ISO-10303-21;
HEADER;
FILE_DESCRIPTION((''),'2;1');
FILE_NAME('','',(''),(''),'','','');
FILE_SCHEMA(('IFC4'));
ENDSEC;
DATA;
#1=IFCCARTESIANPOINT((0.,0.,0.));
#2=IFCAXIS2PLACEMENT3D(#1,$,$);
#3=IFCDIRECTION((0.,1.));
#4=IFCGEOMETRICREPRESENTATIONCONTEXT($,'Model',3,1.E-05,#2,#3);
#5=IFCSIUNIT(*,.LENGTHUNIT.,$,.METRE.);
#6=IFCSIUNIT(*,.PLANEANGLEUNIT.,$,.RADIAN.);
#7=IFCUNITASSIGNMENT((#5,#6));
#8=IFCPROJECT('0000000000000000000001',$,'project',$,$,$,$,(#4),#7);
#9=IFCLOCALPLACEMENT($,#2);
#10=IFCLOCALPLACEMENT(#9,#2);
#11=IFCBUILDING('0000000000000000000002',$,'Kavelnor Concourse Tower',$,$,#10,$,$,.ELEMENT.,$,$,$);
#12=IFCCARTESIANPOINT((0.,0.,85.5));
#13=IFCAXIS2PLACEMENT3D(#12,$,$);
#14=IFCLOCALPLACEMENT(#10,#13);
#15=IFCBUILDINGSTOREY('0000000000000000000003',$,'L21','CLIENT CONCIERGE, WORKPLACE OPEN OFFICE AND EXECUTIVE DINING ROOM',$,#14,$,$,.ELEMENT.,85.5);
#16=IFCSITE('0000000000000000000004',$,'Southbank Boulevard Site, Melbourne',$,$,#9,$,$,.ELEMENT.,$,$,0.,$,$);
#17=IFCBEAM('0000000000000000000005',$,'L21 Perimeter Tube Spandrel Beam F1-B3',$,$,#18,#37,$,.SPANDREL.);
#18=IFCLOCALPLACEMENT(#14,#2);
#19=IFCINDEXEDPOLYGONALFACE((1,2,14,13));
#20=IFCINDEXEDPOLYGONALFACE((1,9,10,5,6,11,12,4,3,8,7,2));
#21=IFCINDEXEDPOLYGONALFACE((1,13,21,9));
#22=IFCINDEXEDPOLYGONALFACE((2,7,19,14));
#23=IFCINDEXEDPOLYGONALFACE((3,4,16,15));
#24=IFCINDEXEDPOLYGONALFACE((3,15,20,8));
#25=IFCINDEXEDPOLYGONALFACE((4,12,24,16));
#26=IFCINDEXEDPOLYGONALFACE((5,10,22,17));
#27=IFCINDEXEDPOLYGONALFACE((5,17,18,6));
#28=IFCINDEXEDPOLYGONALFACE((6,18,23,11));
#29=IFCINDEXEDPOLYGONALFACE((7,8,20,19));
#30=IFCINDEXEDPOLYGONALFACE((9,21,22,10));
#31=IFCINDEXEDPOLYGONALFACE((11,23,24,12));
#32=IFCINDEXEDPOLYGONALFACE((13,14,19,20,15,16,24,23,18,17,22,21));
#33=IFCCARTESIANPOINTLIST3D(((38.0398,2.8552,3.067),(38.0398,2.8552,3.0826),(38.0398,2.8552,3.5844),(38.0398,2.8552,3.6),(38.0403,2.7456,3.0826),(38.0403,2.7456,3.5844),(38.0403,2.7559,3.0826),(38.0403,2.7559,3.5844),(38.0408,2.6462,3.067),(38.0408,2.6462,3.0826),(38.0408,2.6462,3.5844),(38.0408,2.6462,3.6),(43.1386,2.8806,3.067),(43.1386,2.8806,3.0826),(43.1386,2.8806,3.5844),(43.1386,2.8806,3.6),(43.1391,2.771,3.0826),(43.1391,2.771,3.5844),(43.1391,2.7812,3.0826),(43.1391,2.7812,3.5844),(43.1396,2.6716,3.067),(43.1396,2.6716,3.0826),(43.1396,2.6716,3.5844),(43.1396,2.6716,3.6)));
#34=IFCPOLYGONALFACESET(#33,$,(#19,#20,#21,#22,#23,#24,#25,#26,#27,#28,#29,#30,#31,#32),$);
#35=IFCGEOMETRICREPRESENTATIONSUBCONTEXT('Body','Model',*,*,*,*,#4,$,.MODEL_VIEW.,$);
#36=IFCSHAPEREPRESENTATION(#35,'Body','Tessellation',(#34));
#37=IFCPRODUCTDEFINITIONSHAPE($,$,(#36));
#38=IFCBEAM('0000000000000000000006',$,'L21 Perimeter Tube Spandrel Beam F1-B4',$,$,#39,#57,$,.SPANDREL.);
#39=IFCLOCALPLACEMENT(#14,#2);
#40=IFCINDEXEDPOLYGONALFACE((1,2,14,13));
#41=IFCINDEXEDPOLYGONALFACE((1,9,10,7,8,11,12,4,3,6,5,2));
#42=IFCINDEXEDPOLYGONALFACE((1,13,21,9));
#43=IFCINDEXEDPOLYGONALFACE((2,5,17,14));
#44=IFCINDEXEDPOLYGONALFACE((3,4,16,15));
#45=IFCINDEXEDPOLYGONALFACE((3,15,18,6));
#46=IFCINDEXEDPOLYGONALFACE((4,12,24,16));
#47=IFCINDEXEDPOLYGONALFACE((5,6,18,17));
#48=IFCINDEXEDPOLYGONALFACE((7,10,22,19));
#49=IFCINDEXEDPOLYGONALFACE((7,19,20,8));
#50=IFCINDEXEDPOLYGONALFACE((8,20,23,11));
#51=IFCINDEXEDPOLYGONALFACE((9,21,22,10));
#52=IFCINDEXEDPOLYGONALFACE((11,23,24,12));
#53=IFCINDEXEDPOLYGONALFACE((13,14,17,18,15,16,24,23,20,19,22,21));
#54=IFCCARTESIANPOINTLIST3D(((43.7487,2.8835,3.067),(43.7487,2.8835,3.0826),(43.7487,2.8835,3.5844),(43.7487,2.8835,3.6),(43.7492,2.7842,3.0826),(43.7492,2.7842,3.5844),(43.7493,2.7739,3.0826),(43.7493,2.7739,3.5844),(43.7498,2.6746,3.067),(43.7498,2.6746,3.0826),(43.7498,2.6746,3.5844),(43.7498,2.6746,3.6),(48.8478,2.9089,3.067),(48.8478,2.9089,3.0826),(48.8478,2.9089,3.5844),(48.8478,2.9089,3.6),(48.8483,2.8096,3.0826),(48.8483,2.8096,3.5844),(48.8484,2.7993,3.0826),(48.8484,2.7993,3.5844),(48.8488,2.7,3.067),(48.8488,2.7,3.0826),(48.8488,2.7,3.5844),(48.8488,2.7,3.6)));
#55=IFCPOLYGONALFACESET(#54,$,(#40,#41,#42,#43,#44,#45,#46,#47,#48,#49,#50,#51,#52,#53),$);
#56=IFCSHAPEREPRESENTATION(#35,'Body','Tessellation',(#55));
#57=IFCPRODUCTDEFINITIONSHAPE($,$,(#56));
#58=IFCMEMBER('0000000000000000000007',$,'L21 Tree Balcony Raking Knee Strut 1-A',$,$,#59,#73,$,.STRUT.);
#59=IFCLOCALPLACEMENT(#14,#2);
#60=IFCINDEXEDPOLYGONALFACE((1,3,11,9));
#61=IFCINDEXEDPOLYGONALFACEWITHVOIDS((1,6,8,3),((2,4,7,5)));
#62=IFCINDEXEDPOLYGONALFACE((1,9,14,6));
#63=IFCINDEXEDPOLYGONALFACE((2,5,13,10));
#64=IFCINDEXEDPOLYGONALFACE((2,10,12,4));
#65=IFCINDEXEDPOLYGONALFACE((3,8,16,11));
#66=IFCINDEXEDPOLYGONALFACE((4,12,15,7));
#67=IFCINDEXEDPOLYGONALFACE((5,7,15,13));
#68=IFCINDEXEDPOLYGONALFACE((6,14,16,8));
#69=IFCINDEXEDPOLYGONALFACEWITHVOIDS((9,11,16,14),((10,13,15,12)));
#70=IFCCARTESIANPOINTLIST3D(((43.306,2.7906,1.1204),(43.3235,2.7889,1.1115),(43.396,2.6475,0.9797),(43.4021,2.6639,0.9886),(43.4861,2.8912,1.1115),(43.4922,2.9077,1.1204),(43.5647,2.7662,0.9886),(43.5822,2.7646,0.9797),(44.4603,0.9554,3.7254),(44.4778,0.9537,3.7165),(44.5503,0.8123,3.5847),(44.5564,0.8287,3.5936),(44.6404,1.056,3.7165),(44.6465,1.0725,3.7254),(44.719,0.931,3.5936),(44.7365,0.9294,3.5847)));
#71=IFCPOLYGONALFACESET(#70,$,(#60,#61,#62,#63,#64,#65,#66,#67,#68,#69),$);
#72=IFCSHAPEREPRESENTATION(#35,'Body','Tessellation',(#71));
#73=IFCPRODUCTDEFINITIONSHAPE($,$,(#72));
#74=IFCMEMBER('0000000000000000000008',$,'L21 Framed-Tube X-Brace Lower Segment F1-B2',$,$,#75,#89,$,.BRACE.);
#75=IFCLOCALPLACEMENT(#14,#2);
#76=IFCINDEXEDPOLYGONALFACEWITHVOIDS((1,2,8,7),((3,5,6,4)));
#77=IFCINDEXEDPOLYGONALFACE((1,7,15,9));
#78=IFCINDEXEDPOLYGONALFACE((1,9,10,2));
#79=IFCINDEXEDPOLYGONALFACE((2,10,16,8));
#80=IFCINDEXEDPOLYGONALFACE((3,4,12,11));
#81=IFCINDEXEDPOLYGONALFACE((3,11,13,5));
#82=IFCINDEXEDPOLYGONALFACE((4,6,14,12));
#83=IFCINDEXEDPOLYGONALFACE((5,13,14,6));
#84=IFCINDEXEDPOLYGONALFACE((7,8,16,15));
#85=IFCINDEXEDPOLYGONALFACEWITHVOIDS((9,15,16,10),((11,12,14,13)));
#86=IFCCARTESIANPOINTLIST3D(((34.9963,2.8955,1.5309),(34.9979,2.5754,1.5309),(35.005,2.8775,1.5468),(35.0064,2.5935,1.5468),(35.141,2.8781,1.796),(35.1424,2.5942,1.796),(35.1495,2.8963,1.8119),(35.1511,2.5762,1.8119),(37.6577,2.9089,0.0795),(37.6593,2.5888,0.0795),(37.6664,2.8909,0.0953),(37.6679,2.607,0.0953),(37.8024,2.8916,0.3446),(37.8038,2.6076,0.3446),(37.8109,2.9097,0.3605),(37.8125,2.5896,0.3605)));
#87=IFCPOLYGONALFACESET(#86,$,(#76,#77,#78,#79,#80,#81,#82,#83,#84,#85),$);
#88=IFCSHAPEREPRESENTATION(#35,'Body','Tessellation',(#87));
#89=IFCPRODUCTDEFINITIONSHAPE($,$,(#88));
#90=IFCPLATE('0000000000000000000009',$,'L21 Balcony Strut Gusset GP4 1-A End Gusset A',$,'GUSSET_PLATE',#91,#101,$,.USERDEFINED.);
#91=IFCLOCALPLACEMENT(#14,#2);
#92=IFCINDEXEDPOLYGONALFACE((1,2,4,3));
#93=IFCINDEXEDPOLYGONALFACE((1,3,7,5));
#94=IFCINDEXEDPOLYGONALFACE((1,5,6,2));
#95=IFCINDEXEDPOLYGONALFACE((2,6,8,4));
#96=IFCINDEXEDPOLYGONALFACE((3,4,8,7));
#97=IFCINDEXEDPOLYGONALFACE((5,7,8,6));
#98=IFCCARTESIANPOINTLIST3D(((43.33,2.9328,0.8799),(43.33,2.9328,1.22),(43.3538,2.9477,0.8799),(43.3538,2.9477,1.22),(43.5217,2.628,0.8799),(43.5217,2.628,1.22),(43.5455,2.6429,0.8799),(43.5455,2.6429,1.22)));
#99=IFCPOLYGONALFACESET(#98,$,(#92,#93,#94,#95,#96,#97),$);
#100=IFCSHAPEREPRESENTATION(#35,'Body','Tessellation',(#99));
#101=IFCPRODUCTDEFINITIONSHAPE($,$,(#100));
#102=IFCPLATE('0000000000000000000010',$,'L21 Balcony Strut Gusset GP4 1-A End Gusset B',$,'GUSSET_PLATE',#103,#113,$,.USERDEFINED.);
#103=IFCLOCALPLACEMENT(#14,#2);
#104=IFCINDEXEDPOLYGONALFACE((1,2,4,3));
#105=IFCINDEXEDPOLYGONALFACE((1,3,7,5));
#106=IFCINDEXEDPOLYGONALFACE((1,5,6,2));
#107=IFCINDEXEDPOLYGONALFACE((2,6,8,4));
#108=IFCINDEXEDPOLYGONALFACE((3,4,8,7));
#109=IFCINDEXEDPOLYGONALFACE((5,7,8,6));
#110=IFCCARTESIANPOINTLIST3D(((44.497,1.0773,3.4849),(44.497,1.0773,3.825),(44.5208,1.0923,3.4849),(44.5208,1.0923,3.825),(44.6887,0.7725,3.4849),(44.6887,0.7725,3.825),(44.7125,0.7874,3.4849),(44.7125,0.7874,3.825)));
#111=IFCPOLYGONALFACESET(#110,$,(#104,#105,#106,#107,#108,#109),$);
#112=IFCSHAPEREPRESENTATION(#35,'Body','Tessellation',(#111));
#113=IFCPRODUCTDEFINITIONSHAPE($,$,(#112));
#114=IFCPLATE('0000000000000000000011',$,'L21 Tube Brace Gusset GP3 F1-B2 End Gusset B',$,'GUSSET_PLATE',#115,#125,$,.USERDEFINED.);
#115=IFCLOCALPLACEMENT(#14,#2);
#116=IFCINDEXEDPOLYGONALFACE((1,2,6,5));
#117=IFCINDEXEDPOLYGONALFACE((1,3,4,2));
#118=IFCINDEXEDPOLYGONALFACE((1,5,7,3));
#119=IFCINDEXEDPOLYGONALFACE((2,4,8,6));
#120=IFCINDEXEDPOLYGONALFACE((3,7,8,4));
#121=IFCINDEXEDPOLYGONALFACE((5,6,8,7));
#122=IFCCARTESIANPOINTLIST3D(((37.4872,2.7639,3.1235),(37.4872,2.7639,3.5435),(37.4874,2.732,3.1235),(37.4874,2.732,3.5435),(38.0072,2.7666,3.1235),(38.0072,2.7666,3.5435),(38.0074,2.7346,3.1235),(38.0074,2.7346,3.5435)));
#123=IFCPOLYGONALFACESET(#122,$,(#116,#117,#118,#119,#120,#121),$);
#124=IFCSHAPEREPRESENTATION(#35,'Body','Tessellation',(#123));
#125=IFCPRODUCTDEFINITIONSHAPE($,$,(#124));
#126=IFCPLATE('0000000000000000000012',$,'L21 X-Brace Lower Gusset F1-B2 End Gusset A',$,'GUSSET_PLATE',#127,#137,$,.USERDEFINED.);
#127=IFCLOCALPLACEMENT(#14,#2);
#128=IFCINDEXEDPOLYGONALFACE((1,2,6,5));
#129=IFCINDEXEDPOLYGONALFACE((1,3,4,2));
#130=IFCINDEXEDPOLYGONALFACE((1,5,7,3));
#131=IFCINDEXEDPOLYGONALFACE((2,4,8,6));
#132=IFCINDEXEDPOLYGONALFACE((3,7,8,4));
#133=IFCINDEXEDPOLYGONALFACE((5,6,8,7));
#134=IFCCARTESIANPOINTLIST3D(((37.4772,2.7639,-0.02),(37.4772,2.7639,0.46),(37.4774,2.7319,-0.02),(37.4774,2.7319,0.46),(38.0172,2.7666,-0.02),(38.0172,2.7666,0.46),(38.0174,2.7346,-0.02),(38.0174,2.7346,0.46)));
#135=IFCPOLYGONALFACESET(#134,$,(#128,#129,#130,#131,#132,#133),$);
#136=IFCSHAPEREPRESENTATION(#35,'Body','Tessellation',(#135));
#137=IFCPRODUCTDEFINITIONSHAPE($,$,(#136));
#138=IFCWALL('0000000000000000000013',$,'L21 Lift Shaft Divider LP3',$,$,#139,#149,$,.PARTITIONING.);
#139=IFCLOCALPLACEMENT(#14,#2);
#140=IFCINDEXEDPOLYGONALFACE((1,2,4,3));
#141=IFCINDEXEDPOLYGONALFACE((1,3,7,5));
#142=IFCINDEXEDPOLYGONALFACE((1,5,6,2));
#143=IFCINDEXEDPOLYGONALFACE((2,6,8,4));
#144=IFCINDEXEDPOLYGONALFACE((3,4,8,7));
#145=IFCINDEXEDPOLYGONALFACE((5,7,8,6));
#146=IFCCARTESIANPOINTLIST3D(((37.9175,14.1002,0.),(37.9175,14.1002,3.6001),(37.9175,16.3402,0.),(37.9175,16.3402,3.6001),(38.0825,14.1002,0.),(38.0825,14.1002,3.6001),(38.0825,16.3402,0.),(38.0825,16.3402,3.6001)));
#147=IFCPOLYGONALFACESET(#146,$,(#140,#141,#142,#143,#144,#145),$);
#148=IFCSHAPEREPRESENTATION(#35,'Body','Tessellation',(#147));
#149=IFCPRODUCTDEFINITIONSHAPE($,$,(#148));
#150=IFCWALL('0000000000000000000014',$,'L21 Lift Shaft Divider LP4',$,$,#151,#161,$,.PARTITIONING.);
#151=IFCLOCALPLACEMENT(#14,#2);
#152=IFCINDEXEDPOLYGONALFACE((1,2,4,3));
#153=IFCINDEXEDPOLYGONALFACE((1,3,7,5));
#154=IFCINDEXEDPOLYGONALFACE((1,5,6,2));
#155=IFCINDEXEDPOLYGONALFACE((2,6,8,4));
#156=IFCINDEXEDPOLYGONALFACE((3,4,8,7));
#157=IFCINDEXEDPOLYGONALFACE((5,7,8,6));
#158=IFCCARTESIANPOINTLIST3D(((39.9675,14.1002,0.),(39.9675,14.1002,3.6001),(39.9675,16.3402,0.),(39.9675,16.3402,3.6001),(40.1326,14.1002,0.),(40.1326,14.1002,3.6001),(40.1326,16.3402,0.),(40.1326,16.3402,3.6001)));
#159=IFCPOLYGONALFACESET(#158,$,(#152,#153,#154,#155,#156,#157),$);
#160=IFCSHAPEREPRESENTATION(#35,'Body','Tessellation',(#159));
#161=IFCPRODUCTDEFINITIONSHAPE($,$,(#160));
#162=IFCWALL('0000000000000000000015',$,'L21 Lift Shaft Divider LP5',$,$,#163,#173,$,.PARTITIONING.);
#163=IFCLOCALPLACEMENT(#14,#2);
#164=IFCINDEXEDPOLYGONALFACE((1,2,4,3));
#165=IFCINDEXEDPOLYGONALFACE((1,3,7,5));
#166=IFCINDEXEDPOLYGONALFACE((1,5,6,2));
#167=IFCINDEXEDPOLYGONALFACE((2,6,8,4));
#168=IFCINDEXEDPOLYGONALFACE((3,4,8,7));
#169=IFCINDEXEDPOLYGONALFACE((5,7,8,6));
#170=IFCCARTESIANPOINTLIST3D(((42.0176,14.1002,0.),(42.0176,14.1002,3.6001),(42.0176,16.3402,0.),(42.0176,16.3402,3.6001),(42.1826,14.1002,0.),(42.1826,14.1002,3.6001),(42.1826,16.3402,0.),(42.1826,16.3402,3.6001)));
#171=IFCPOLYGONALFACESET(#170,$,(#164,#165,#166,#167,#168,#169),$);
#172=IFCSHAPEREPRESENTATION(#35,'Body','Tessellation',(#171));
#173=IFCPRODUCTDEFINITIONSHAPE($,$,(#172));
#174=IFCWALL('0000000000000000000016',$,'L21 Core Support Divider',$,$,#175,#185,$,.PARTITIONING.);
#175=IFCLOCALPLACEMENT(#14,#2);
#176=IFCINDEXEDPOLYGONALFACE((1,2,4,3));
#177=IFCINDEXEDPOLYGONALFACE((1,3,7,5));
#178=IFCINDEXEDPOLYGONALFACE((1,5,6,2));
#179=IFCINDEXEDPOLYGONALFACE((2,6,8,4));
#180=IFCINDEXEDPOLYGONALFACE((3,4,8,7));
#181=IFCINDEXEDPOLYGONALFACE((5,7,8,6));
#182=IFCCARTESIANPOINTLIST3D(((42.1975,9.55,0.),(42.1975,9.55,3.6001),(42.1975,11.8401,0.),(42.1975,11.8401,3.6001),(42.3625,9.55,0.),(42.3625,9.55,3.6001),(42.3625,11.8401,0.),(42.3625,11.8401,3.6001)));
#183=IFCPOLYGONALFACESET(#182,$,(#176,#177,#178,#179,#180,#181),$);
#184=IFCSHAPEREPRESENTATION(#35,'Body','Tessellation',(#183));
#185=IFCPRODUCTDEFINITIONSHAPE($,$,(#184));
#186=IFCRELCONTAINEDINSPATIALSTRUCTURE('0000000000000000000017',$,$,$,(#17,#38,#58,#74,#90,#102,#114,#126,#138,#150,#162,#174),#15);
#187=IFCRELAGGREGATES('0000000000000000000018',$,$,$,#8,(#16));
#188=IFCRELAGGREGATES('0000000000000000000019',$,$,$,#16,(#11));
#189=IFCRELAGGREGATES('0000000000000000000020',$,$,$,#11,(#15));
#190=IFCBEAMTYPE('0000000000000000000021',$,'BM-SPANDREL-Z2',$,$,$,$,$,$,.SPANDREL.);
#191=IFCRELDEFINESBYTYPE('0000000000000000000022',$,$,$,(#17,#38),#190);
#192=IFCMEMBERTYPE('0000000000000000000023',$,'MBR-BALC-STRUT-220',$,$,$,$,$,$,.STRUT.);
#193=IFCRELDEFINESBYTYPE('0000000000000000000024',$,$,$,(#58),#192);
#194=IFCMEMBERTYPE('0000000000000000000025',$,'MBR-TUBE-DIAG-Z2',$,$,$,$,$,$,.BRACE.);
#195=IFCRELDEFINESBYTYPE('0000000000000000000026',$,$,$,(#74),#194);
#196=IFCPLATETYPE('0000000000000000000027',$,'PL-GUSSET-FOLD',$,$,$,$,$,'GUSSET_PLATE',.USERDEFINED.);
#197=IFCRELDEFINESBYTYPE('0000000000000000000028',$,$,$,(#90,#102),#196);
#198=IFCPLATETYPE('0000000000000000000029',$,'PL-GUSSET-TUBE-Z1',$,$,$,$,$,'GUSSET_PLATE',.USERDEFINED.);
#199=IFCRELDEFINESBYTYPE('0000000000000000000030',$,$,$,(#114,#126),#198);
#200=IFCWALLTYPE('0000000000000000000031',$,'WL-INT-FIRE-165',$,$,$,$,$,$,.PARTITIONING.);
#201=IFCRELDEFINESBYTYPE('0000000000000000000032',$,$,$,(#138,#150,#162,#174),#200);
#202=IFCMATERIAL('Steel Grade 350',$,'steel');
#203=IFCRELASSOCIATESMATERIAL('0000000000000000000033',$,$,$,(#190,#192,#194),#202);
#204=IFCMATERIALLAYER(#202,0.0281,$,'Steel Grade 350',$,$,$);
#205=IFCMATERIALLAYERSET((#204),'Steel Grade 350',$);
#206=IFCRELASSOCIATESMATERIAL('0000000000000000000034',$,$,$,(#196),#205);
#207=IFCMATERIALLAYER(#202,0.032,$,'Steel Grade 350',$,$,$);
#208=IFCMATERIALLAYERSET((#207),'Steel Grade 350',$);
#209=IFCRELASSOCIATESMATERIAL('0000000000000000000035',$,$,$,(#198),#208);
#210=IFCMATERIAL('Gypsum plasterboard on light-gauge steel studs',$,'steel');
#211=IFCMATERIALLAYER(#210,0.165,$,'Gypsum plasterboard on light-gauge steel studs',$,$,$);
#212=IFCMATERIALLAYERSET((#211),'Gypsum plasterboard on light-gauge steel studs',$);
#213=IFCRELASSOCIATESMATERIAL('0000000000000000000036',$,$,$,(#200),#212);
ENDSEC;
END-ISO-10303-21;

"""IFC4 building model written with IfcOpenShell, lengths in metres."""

from ifc_helpers import new_model, si_unit, direction, frame, frame_2d, origin, origin_2d, place, context, subcontext, project, spatial, rectangle, hollow_rectangle, i_section, extrude, material, layer, layer_set, material_profile, profile_set, type_object, element, save


model = new_model("IFC4")

# Units and contexts
model_context = context("Model", 3, precision=1e-05, world=origin(), true_north=direction((0.0, 1.0)))
body_context = subcontext(model_context, "Body", "Model", "MODEL_VIEW")
ifc_project = project(units=[si_unit("LENGTHUNIT", "METRE"), si_unit("PLANEANGLEUNIT", "RADIAN")], contexts=[model_context])

# Site, building, storey
site_placement = place(None, origin())
site = spatial("IfcSite", under=ifc_project, at=site_placement, Name="Southbank Boulevard Site, Melbourne", CompositionType="ELEMENT", RefElevation=0.0)
building_placement = place(site_placement, origin())
building = spatial("IfcBuilding", under=site, at=building_placement, Name="Kavelnor Concourse Tower", CompositionType="ELEMENT")
storey_placement = place(building_placement, frame((0.0, 0.0, 85.5)))
storey = spatial("IfcBuildingStorey", under=building, at=storey_placement, Name="L21", Description="CLIENT CONCIERGE, WORKPLACE OPEN OFFICE AND EXECUTIVE DINING ROOM", CompositionType="ELEMENT", Elevation=85.5)

# Shared definitions
ifc_material_1 = material(Name="Steel Grade 350", Category="steel")

# Beams
ifc_material_profile_1 = material_profile(ifc_material_1, i_section(OverallWidth=0.209, OverallDepth=0.533, WebThickness=0.0103, FlangeThickness=0.0156, at=origin_2d()), Name="530UB92")
ifc_profile_set_1 = profile_set([ifc_material_profile_1], Name="Steel Grade 350")
beam_type_1 = type_object("IfcBeamType", Name="BM-SPANDREL-Z2", PredefinedType="SPANDREL", material=ifc_profile_set_1)
beam_1_placement = place(storey_placement, frame((38.0403, 2.7507, 3.3335), z_axis=(0.999988, 0.00498, 0.0), x_axis=(-0.00498, 0.999988, 0.0)))
element("IfcBeam", 1, at=beam_1_placement, inside=storey, type_object=beam_type_1, Name="L21 Perimeter Tube Spandrel Beam F1-B3", PredefinedType="SPANDREL", context=body_context, shape_type="SweptSolid", body=[
    extrude(i_section(OverallWidth=0.209, OverallDepth=0.533, WebThickness=0.0103, FlangeThickness=0.0156, at=origin_2d()), origin(), (0.0, 0.0, 1.0), 5.0989),
])
beam_2_placement = place(storey_placement, frame((43.7493, 2.7791, 3.3335), z_axis=(0.999988, 0.004979, 0.0), x_axis=(-0.004979, 0.999988, 0.0)))
element("IfcBeam", 2, at=beam_2_placement, inside=storey, type_object=beam_type_1, Name="L21 Perimeter Tube Spandrel Beam F1-B4", PredefinedType="SPANDREL", context=body_context, shape_type="SweptSolid", body=[
    extrude(i_section(OverallWidth=0.209, OverallDepth=0.533, WebThickness=0.0103, FlangeThickness=0.0156, at=origin_2d()), origin(), (0.0, 0.0, 1.0), 5.0991),
])

# Members
ifc_material_profile_2 = material_profile(ifc_material_1, hollow_rectangle(XDim=0.22, YDim=0.22, WallThickness=0.0139, at=origin_2d()), Name="SHS 220x220x14")
ifc_profile_set_2 = profile_set([ifc_material_profile_2], Name="Steel Grade 350")
member_type_1 = type_object("IfcMemberType", Name="MBR-BALC-STRUT-220", PredefinedType="STRUT", material=ifc_profile_set_2)
member_1_placement = place(storey_placement, frame((43.4441, 2.7776, 1.05), z_axis=(0.340586, -0.541495, 0.768625), x_axis=(0.846483, 0.532416, 0.0)))
element("IfcMember", 3, at=member_1_placement, inside=storey, type_object=member_type_1, Name="L21 Tree Balcony Raking Knee Strut 1-A", PredefinedType="STRUT", context=body_context, shape_type="SweptSolid", body=[
    extrude(hollow_rectangle(XDim=0.22, YDim=0.22, WallThickness=0.0139, at=origin_2d()), origin(), (0.0, 0.0, 1.0), 3.3892),
])
ifc_material_profile_3 = material_profile(ifc_material_1, hollow_rectangle(XDim=0.3201, YDim=0.3201, WallThickness=0.0181, at=origin_2d()), Name="SHS 320x320x18")
ifc_profile_set_3 = profile_set([ifc_material_profile_3], Name="Steel Grade 350")
member_type_2 = type_object("IfcMemberType", Name="MBR-TUBE-DIAG-Z2", PredefinedType="BRACE", material=ifc_profile_set_3)
member_2_placement = place(storey_placement, frame((37.7351, 2.7493, 0.22), z_axis=(-0.877921, -0.004429, 0.478785), x_axis=(0.005045, -0.999987, 0.0)))
element("IfcMember", 4, at=member_2_placement, inside=storey, type_object=member_type_2, Name="L21 Framed-Tube X-Brace Lower Segment F1-B2", PredefinedType="BRACE", context=body_context, shape_type="SweptSolid", body=[
    extrude(hollow_rectangle(XDim=0.3201, YDim=0.3201, WallThickness=0.0181, at=origin_2d()), origin(), (0.0, 0.0, 1.0), 3.0315),
])

# Plates
ifc_layer_1 = layer(ifc_material_1, 0.0281, Name="Steel Grade 350")
ifc_layer_set_1 = layer_set([ifc_layer_1], Name="Steel Grade 350")
plate_type_1 = type_object("IfcPlateType", Name="PL-GUSSET-FOLD", ElementType="GUSSET_PLATE", PredefinedType="USERDEFINED", material=ifc_layer_set_1)
for number, where, z_axis, x_axis, name in (
    (5, (43.4377, 2.7878, 0.8799), (0.0, 0.0, 1.0), (0.532433, -0.846472, 0.0), "L21 Balcony Strut Gusset GP4 1-A End Gusset A"),
    (6, (44.6047, 0.9324, 3.4849), (0.0, 0.0, 1.0), (0.532433, -0.846472, 0.0), "L21 Balcony Strut Gusset GP4 1-A End Gusset B"),
):
    element("IfcPlate", number, at=place(storey_placement, frame(where, z_axis=z_axis, x_axis=x_axis)), inside=storey, type_object=plate_type_1, Name=name, ObjectType="GUSSET_PLATE", PredefinedType="USERDEFINED", context=body_context, shape_type="SweptSolid", body=[
        extrude(rectangle(XDim=0.3601, YDim=0.0281, at=origin_2d()), origin(), (0.0, 0.0, 1.0), 0.3401),
    ])
ifc_layer_2 = layer(ifc_material_1, 0.032, Name="Steel Grade 350")
ifc_layer_set_2 = layer_set([ifc_layer_2], Name="Steel Grade 350")
plate_type_2 = type_object("IfcPlateType", Name="PL-GUSSET-TUBE-Z1", ElementType="GUSSET_PLATE", PredefinedType="USERDEFINED", material=ifc_layer_set_2)
plate_1_placement = place(storey_placement, frame((37.7473, 2.7493, 3.1235), z_axis=(0.0, 0.0, 1.0), x_axis=(0.999987, 0.005061, 0.0)))
element("IfcPlate", 7, at=plate_1_placement, inside=storey, type_object=plate_type_2, Name="L21 Tube Brace Gusset GP3 F1-B2 End Gusset B", ObjectType="GUSSET_PLATE", PredefinedType="USERDEFINED", context=body_context, shape_type="SweptSolid", body=[
    extrude(rectangle(XDim=0.52, YDim=0.032, at=origin_2d()), origin(), (0.0, 0.0, 1.0), 0.4199),
])
plate_2_placement = place(storey_placement, frame((37.7473, 2.7493, -0.02), z_axis=(0.0, 0.0, 1.0), x_axis=(-0.999987, -0.005061, 0.0)))
element("IfcPlate", 8, at=plate_2_placement, inside=storey, type_object=plate_type_2, Name="L21 X-Brace Lower Gusset F1-B2 End Gusset A", ObjectType="GUSSET_PLATE", PredefinedType="USERDEFINED", context=body_context, shape_type="SweptSolid", body=[
    extrude(rectangle(XDim=0.54, YDim=0.032, at=origin_2d()), origin(), (0.0, 0.0, 1.0), 0.48),
])

# Walls
ifc_material_2 = material(Name="Gypsum plasterboard on light-gauge steel studs", Category="steel")
ifc_layer_3 = layer(ifc_material_2, 0.165, Name="Gypsum plasterboard on light-gauge steel studs")
ifc_layer_set_3 = layer_set([ifc_layer_3], Name="Gypsum plasterboard on light-gauge steel studs")
wall_type_1 = type_object("IfcWallType", Name="WL-INT-FIRE-165", PredefinedType="PARTITIONING", material=ifc_layer_set_3)
for number, where, z_axis, x_axis, name in (
    (9, (38.0, 14.1001, 0.0), (0.0, 0.0, 1.0), (0.0, 1.0, 0.0), "L21 Lift Shaft Divider LP3"),
    (10, (40.05, 14.1001, 0.0), (0.0, 0.0, 1.0), (0.0, 1.0, 0.0), "L21 Lift Shaft Divider LP4"),
    (11, (42.1001, 14.1001, 0.0), (0.0, 0.0, 1.0), (0.0, 1.0, 0.0), "L21 Lift Shaft Divider LP5"),
):
    element("IfcWall", number, at=place(storey_placement, frame(where, z_axis=z_axis, x_axis=x_axis)), inside=storey, type_object=wall_type_1, Name=name, PredefinedType="PARTITIONING", context=body_context, shape_type="SweptSolid", body=[
        extrude(rectangle(XDim=2.24, YDim=0.165, at=frame_2d((1.1201, 0.0))), origin(), (0.0, 0.0, 1.0), 3.6001),
    ])
wall_1_placement = place(storey_placement, frame((42.28, 9.55, 0.0), z_axis=(0.0, 0.0, 1.0), x_axis=(0.0, 1.0, 0.0)))
element("IfcWall", 12, at=wall_1_placement, inside=storey, type_object=wall_type_1, Name="L21 Core Support Divider", PredefinedType="PARTITIONING", context=body_context, shape_type="SweptSolid", body=[
    extrude(rectangle(XDim=2.29, YDim=0.165, at=frame_2d((1.145, 0.0))), origin(), (0.0, 0.0, 1.0), 3.6001),
])

save(model, "model.ifc")
